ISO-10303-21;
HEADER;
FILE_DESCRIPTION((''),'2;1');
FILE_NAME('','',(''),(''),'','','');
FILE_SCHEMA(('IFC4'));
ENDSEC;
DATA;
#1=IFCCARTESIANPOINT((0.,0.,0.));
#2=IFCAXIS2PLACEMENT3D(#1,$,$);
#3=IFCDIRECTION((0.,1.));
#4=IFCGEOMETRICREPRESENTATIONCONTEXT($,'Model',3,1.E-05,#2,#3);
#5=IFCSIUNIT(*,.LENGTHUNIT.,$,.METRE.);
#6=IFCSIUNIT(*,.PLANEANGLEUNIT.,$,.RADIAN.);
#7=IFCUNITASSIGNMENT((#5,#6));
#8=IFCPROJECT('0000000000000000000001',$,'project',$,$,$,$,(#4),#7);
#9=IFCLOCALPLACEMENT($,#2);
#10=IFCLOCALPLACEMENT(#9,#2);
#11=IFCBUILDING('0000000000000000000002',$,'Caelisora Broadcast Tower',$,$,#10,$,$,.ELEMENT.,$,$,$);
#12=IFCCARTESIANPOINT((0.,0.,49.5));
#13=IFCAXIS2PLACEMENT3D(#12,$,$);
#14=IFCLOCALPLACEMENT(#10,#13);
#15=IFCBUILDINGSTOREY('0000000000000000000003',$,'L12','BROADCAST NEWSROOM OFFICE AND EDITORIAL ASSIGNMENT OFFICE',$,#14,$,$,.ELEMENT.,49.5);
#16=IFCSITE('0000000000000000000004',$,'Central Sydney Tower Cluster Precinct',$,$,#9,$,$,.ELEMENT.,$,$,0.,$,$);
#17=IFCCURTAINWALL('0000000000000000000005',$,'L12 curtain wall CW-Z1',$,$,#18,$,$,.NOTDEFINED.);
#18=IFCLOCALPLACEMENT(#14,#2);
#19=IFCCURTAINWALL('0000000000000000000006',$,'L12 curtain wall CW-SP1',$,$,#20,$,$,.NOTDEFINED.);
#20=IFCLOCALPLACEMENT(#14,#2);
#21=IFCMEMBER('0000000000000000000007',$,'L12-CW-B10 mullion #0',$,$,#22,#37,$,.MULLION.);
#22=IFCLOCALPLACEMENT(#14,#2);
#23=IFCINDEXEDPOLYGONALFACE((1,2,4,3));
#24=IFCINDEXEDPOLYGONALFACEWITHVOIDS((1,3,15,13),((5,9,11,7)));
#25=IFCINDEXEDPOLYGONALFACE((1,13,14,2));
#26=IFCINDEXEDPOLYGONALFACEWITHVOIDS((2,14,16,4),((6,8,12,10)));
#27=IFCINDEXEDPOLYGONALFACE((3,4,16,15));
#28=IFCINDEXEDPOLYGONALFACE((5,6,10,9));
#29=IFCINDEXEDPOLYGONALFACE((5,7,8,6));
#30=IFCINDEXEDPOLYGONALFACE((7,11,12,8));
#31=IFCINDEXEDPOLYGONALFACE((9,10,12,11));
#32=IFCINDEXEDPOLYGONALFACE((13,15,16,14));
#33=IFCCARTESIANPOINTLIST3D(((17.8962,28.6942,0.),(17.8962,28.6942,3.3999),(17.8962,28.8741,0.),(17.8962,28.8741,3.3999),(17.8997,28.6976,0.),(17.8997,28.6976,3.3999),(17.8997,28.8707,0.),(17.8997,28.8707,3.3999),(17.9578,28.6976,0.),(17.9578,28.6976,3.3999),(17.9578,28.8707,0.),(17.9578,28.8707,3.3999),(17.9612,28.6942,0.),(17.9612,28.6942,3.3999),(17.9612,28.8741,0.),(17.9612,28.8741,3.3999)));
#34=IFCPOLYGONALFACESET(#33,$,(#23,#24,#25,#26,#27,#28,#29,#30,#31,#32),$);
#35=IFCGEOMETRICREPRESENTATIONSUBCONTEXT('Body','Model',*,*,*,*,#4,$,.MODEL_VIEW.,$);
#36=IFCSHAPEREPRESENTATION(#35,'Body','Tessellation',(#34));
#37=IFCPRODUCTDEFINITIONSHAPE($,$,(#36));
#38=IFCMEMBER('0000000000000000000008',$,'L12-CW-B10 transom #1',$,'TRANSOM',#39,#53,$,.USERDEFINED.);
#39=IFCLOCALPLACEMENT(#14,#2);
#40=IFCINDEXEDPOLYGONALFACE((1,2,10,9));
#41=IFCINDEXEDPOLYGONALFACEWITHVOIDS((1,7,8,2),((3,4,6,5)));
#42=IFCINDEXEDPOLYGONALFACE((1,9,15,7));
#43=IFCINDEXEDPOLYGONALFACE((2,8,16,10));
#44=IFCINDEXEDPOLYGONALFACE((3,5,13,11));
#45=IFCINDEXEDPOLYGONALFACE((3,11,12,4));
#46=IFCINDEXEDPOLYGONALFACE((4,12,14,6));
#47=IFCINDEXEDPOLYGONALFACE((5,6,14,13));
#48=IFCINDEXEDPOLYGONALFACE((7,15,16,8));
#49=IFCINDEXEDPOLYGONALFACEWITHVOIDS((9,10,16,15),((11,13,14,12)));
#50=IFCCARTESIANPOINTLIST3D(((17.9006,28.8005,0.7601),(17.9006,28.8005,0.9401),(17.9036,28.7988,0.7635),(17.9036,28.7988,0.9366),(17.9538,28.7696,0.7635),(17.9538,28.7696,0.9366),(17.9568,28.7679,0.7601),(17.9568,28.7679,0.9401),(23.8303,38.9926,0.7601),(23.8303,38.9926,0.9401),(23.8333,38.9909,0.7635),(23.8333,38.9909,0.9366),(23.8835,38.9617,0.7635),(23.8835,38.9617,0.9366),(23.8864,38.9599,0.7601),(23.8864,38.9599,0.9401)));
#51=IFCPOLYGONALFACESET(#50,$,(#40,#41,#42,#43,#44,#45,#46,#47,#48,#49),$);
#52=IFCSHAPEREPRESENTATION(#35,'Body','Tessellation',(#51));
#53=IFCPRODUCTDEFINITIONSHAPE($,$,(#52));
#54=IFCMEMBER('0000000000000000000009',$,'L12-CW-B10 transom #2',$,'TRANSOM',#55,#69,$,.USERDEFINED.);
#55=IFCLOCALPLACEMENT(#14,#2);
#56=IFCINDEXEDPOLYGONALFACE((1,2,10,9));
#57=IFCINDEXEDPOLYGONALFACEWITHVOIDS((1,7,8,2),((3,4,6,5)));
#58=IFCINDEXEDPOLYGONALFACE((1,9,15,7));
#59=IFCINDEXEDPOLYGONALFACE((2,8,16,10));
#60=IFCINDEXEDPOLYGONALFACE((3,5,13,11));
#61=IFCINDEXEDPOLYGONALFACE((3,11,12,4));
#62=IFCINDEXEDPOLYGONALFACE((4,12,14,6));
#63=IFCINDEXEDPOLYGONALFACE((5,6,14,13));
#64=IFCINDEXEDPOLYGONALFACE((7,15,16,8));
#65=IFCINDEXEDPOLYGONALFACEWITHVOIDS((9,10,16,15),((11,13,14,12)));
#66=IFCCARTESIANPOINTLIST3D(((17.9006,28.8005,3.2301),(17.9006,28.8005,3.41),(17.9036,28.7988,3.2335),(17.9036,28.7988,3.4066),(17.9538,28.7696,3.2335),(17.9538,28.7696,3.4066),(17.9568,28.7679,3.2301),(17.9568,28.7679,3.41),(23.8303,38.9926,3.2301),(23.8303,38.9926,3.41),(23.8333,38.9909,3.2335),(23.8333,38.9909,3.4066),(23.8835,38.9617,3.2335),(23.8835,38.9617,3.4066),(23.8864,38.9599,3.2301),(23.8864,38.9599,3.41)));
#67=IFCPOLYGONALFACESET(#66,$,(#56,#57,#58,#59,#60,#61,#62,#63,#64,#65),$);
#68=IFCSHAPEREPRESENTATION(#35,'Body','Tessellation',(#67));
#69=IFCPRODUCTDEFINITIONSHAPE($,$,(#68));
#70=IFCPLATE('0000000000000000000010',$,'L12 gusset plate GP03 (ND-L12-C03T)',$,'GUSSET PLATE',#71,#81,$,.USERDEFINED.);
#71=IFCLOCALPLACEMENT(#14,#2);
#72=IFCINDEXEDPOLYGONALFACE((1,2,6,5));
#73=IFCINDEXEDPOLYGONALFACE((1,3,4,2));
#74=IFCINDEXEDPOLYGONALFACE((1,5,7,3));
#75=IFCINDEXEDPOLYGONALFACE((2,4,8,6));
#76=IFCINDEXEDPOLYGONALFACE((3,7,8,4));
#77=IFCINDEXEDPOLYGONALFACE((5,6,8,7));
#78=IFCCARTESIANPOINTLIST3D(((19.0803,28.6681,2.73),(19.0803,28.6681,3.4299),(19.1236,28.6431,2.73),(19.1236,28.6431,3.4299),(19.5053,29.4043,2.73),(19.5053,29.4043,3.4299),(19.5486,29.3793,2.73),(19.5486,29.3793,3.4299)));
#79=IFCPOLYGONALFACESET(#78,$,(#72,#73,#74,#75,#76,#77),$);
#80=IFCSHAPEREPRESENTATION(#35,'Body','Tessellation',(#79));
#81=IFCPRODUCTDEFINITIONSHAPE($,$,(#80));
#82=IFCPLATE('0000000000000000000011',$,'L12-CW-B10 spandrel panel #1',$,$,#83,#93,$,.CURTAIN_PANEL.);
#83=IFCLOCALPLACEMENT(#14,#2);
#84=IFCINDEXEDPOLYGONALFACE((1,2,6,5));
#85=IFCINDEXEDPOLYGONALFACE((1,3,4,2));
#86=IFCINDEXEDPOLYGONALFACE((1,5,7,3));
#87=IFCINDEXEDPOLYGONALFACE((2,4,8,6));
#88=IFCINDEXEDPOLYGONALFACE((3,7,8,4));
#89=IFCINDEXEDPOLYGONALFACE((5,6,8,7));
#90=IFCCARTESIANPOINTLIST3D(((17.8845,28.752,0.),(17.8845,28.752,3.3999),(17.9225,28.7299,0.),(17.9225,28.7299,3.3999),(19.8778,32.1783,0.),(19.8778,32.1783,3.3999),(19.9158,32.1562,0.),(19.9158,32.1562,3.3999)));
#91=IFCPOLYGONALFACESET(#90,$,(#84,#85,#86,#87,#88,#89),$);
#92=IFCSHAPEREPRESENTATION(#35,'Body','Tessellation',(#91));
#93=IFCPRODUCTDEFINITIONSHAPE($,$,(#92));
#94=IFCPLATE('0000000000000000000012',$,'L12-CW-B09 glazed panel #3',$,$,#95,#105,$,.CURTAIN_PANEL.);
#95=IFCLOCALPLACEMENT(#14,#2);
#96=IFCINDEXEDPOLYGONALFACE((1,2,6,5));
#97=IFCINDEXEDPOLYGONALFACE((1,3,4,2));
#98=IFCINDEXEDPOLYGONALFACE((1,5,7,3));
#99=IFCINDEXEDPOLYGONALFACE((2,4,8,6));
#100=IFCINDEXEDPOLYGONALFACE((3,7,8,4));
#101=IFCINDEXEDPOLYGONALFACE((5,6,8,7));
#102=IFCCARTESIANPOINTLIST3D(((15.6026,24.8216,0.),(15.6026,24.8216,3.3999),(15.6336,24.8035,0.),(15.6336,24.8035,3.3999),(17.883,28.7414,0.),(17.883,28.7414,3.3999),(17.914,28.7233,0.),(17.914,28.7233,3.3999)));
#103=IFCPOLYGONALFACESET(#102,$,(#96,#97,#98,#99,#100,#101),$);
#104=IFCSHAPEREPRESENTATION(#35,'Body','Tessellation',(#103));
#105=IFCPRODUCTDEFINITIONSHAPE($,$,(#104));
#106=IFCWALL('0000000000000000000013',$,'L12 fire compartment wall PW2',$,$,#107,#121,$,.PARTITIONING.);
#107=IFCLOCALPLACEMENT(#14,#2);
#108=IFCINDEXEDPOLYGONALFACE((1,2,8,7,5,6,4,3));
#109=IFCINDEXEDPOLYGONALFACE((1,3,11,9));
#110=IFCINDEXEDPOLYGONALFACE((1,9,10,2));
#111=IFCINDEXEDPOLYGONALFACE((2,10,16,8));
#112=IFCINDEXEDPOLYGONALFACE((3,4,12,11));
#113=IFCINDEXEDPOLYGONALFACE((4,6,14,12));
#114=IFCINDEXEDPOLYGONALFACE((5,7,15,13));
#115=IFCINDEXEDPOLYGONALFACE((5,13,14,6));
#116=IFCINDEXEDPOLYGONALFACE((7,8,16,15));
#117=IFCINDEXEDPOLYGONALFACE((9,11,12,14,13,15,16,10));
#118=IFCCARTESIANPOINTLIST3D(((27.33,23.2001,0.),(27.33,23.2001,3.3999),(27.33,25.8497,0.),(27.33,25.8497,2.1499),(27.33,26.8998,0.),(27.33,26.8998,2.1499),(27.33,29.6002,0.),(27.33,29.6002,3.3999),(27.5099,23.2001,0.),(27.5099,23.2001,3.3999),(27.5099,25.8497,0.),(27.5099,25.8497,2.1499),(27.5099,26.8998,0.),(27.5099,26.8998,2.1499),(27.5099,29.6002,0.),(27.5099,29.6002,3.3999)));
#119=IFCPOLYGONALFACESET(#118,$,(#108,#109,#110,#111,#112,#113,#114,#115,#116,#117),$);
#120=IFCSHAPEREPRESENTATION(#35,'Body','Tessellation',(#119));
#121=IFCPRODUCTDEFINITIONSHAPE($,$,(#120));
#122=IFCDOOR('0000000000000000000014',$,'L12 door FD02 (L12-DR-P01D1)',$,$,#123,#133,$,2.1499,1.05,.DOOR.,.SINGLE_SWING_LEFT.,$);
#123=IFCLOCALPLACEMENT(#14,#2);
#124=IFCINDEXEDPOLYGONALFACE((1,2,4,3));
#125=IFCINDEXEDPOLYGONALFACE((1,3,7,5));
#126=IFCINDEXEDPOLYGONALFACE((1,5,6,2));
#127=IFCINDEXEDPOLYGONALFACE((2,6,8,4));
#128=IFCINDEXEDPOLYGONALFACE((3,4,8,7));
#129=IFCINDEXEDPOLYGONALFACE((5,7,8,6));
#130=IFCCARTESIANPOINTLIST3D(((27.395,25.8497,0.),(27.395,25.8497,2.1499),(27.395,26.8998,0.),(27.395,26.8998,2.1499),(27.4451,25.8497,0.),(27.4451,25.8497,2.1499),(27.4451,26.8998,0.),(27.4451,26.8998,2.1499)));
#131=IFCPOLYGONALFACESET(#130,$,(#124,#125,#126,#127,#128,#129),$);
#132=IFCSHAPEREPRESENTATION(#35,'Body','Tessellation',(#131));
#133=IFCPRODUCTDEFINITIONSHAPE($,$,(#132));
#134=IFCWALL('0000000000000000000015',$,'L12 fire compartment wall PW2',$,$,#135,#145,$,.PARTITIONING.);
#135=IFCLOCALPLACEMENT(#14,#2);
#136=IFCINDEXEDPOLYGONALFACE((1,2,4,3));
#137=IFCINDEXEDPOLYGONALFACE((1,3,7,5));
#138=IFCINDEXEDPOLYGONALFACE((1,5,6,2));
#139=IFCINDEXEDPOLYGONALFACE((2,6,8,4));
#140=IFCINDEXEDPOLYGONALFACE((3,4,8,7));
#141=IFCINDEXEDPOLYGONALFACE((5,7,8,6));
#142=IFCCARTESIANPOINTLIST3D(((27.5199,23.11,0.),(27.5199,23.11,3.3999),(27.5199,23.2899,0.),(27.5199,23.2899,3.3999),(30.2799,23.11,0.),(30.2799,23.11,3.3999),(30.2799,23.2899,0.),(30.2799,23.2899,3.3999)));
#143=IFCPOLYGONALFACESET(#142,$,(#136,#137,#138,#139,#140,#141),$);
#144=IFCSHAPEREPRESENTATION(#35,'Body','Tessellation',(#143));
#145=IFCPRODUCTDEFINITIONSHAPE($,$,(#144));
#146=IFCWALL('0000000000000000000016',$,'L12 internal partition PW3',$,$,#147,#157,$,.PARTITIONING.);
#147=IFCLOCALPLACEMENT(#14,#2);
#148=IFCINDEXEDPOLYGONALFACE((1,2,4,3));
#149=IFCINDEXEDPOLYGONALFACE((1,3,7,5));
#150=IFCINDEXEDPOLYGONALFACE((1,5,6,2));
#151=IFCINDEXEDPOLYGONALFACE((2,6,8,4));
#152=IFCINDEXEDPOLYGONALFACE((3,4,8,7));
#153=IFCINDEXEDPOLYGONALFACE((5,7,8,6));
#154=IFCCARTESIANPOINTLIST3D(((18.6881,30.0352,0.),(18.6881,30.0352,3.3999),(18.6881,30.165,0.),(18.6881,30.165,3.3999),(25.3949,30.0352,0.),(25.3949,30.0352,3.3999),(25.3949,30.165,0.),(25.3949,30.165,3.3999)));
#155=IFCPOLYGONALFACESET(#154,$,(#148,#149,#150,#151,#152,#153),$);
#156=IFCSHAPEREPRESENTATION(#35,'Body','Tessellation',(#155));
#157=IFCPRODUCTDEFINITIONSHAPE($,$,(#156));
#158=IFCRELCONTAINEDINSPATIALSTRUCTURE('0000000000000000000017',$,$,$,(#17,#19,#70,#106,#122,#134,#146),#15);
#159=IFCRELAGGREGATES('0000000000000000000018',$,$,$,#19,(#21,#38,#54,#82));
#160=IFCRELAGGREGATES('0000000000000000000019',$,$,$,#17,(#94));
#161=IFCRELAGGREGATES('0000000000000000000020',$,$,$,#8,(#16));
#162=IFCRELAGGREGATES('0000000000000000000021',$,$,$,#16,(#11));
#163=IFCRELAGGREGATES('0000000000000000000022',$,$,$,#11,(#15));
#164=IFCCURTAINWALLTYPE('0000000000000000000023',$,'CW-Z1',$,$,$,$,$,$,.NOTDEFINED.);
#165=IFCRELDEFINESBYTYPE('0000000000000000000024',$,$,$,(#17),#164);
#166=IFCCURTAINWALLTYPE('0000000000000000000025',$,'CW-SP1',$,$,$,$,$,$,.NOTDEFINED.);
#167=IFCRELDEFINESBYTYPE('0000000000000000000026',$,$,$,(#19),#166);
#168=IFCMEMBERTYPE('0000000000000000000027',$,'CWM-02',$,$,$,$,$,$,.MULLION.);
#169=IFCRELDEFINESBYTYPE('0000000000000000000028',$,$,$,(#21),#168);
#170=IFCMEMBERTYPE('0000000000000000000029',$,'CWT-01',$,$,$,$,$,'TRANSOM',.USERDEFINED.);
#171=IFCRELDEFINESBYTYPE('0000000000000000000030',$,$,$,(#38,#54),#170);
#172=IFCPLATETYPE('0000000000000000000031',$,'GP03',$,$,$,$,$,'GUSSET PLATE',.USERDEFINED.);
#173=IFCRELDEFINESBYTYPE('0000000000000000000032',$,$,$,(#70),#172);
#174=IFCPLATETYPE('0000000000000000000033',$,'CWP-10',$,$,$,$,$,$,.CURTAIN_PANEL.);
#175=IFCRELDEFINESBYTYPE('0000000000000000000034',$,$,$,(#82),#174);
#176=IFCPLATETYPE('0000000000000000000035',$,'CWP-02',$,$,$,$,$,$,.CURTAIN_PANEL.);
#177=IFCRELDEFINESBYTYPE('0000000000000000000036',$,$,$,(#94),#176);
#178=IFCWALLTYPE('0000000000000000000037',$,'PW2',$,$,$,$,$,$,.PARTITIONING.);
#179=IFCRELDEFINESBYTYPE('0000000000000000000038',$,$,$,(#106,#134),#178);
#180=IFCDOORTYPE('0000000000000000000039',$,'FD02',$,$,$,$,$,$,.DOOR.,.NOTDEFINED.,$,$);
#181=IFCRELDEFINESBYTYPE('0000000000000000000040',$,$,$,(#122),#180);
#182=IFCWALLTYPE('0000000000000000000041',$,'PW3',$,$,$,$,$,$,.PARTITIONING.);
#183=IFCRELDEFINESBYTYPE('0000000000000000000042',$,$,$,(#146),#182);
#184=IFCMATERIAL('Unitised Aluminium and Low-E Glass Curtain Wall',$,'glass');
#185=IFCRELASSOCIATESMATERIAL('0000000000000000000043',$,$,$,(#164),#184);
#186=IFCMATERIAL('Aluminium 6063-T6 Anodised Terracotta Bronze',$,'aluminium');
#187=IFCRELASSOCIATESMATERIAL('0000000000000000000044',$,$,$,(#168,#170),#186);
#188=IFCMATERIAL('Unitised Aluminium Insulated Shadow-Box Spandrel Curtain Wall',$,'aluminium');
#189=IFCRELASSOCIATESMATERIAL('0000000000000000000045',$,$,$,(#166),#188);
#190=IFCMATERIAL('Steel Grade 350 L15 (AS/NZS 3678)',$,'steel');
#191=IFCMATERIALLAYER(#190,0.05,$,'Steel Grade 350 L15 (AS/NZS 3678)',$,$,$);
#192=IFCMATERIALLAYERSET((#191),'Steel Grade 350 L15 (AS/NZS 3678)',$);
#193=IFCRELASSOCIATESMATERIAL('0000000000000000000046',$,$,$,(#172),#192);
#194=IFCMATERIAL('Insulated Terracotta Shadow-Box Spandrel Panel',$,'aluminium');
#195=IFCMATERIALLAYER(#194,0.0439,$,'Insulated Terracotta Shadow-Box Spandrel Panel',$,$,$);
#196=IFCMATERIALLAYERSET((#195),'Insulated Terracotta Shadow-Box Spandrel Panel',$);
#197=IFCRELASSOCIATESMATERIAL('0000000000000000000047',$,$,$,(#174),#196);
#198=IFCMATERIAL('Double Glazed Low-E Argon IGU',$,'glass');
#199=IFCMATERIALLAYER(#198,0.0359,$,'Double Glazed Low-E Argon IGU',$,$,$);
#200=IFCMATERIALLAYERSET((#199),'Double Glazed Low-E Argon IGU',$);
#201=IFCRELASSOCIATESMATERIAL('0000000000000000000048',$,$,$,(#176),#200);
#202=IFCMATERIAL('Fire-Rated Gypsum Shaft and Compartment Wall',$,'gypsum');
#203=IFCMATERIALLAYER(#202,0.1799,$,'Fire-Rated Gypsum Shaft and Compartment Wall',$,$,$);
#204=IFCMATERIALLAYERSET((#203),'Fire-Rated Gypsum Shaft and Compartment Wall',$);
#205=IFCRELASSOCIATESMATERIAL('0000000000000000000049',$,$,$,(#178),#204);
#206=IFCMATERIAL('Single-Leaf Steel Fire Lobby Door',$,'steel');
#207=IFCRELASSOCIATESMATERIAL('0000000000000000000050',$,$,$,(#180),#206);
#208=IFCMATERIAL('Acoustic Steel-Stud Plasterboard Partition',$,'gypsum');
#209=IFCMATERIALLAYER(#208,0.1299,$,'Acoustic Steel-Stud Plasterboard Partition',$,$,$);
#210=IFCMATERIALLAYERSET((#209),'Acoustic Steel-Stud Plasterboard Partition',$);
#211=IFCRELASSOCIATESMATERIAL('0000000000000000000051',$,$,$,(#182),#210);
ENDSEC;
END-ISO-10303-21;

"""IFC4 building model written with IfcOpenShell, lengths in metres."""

from ifc_helpers import new_model, si_unit, direction, frame, frame_2d, origin, origin_2d, place, context, subcontext, project, spatial, rectangle, hollow_rectangle, extrude, source, transform, mapped, material, layer, layer_set, material_profile, profile_set, type_object, type_shapes, element, fill, aggregate, save


model = new_model("IFC4")

# Units and contexts
model_context = context("Model", 3, precision=1e-05, world=origin(), true_north=direction((0.0, 1.0)))
body_context = subcontext(model_context, "Body", "Model", "MODEL_VIEW")
ifc_project = project(units=[si_unit("LENGTHUNIT", "METRE"), si_unit("PLANEANGLEUNIT", "RADIAN")], contexts=[model_context])

# Site, building, storey
site_placement = place(None, origin())
site = spatial("IfcSite", under=ifc_project, at=site_placement, Name="Central Sydney Tower Cluster Precinct", CompositionType="ELEMENT", RefElevation=0.0)
building_placement = place(site_placement, origin())
building = spatial("IfcBuilding", under=site, at=building_placement, Name="Caelisora Broadcast Tower", CompositionType="ELEMENT")
storey_placement = place(building_placement, frame((0.0, 0.0, 49.5)))
storey = spatial("IfcBuildingStorey", under=building, at=storey_placement, Name="L12", Description="BROADCAST NEWSROOM OFFICE AND EDITORIAL ASSIGNMENT OFFICE", CompositionType="ELEMENT", Elevation=49.5)

# Shared definitions
ifc_material_1 = material(Name="Steel Grade 350 L15 (AS/NZS 3678)", Category="steel")

# Curtain walls, members
ifc_material_2 = material(Name="Unitised Aluminium and Low-E Glass Curtain Wall", Category="glass")
curtain_wall_type_1 = type_object("IfcCurtainWallType", Name="CW-Z1", PredefinedType="NOTDEFINED", material=ifc_material_2)
curtain_wall_1_placement = place(storey_placement, origin())
curtain_wall_1 = element("IfcCurtainWall", 1, at=curtain_wall_1_placement, inside=storey, type_object=curtain_wall_type_1, Name="L12 curtain wall CW-Z1", PredefinedType="NOTDEFINED")
ifc_material_3 = material(Name="Aluminium 6063-T6 Anodised Terracotta Bronze", Category="aluminium")
ifc_material_profile_1 = material_profile(ifc_material_3, hollow_rectangle(XDim=0.0649, YDim=0.1799, WallThickness=0.0034, at=origin_2d()), Name="Aluminium 6063-T6 Anodised Terracotta Bronze")
ifc_profile_set_1 = profile_set([ifc_material_profile_1], Name="Aluminium 6063-T6 Anodised Terracotta Bronze")
member_type_1 = type_object("IfcMemberType", Name="CWM-02", PredefinedType="MULLION", material=ifc_profile_set_1)
shared_shape_1 = source(origin(), body_context, "Body", "SweptSolid", [
    extrude(hollow_rectangle(XDim=0.0649, YDim=0.1799, WallThickness=0.0034, at=origin_2d()), origin(), (0.0, 0.0, 1.0), 3.3999),
])
type_shapes(member_type_1, [shared_shape_1])
ifc_material_4 = material(Name="Unitised Aluminium Insulated Shadow-Box Spandrel Curtain Wall", Category="aluminium")
curtain_wall_type_2 = type_object("IfcCurtainWallType", Name="CW-SP1", PredefinedType="NOTDEFINED", material=ifc_material_4)
curtain_wall_2_placement = place(storey_placement, origin())
curtain_wall_2 = element("IfcCurtainWall", 2, at=curtain_wall_2_placement, inside=storey, type_object=curtain_wall_type_2, Name="L12 curtain wall CW-SP1", PredefinedType="NOTDEFINED")
member_1_placement = place(storey_placement, frame((17.9287, 28.7842, 0.0), z_axis=(0.0, 0.0, 1.0), x_axis=(1.0, 0.0, 0.0)))
member_1 = element("IfcMember", 3, at=member_1_placement, type_object=member_type_1, Name="L12-CW-B10 mullion #0", PredefinedType="MULLION", context=body_context, shape_type="MappedRepresentation", body=[
    mapped(shared_shape_1, transform((0.0, 0.0, 0.0), scale=1.0)),
])
ifc_material_profile_2 = material_profile(ifc_material_3, hollow_rectangle(XDim=0.0649, YDim=0.1799, WallThickness=0.0034, at=origin_2d()), Name="Aluminium 6063-T6 Anodised Terracotta Bronze")
ifc_profile_set_2 = profile_set([ifc_material_profile_2], Name="Aluminium 6063-T6 Anodised Terracotta Bronze")
member_type_2 = type_object("IfcMemberType", Name="CWT-01", ElementType="TRANSOM", PredefinedType="USERDEFINED", material=ifc_profile_set_2)
shared_shape_2 = source(origin(), body_context, "Body", "SweptSolid", [
    extrude(hollow_rectangle(XDim=0.0649, YDim=0.1799, WallThickness=0.0034, at=origin_2d()), origin(), (0.0, 0.0, 1.0), 11.7915),
])
type_shapes(member_type_2, [shared_shape_2])
member_2_placement = place(storey_placement, frame((17.9287, 28.7842, 0.8501), z_axis=(0.502876, 0.864359, 0.0), x_axis=(-0.864359, 0.502876, 0.0)))
member_2 = element("IfcMember", 4, at=member_2_placement, type_object=member_type_2, Name="L12-CW-B10 transom #1", ObjectType="TRANSOM", PredefinedType="USERDEFINED", context=body_context, shape_type="MappedRepresentation", body=[
    mapped(shared_shape_2, transform((0.0, 0.0, 0.0), scale=1.0)),
])
member_3_placement = place(storey_placement, frame((17.9287, 28.7842, 3.3201), z_axis=(0.502876, 0.864359, 0.0), x_axis=(-0.864359, 0.502876, 0.0)))
member_3 = element("IfcMember", 5, at=member_3_placement, type_object=member_type_2, Name="L12-CW-B10 transom #2", ObjectType="TRANSOM", PredefinedType="USERDEFINED", context=body_context, shape_type="MappedRepresentation", body=[
    mapped(shared_shape_2, transform((0.0, 0.0, 0.0), scale=1.0)),
])

# Plates
ifc_layer_1 = layer(ifc_material_1, 0.05, Name="Steel Grade 350 L15 (AS/NZS 3678)")
ifc_layer_set_1 = layer_set([ifc_layer_1], Name="Steel Grade 350 L15 (AS/NZS 3678)")
plate_type_1 = type_object("IfcPlateType", Name="GP03", ElementType="GUSSET PLATE", PredefinedType="USERDEFINED", material=ifc_layer_set_1)
shared_shape_3 = source(origin(), body_context, "Body", "SweptSolid", [
    extrude(rectangle(XDim=0.8501, YDim=0.05, at=origin_2d()), origin(), (0.0, 0.0, 1.0), 0.7),
])
type_shapes(plate_type_1, [shared_shape_3])
plate_1_placement = place(storey_placement, frame((19.3145, 29.0237, 2.73), z_axis=(0.0, 0.0, 1.0), x_axis=(-0.5, -0.866025, 0.0)))
element("IfcPlate", 6, at=plate_1_placement, inside=storey, type_object=plate_type_1, Name="L12 gusset plate GP03 (ND-L12-C03T)", ObjectType="GUSSET PLATE", PredefinedType="USERDEFINED", context=body_context, shape_type="MappedRepresentation", body=[
    mapped(shared_shape_3, transform((0.0, 0.0, 0.0), scale=1.0)),
])
ifc_material_5 = material(Name="Insulated Terracotta Shadow-Box Spandrel Panel", Category="aluminium")
ifc_layer_2 = layer(ifc_material_5, 0.0439, Name="Insulated Terracotta Shadow-Box Spandrel Panel")
ifc_layer_set_2 = layer_set([ifc_layer_2], Name="Insulated Terracotta Shadow-Box Spandrel Panel")
plate_type_2 = type_object("IfcPlateType", Name="CWP-10", PredefinedType="CURTAIN_PANEL", material=ifc_layer_set_2)
shared_shape_4 = source(origin(), body_context, "Body", "SweptSolid", [
    extrude(rectangle(XDim=3.9639, YDim=0.0439, at=origin_2d()), origin(), (0.0, 0.0, 1.0), 3.3999),
])
type_shapes(plate_type_2, [shared_shape_4])
plate_2_placement = place(storey_placement, frame((18.9001, 30.4541, 0.0), z_axis=(0.0, 0.0, 1.0), x_axis=(0.502869, 0.864363, 0.0)))
plate_2 = element("IfcPlate", 7, at=plate_2_placement, type_object=plate_type_2, Name="L12-CW-B10 spandrel panel #1", PredefinedType="CURTAIN_PANEL", context=body_context, shape_type="MappedRepresentation", body=[
    mapped(shared_shape_4, transform((0.0, 0.0, 0.0), scale=1.0)),
])
aggregate(curtain_wall_2, [member_1, member_2, member_3, plate_2])
ifc_material_6 = material(Name="Double Glazed Low-E Argon IGU", Category="glass")
ifc_layer_3 = layer(ifc_material_6, 0.0359, Name="Double Glazed Low-E Argon IGU")
ifc_layer_set_3 = layer_set([ifc_layer_3], Name="Double Glazed Low-E Argon IGU")
plate_type_3 = type_object("IfcPlateType", Name="CWP-02", PredefinedType="CURTAIN_PANEL", material=ifc_layer_set_3)
shared_shape_5 = source(origin(), body_context, "Body", "SweptSolid", [
    extrude(rectangle(XDim=4.5349, YDim=0.0359, at=origin_2d()), origin(), (0.0, 0.0, 1.0), 3.3999),
])
type_shapes(plate_type_3, [shared_shape_5])
plate_3_placement = place(storey_placement, frame((16.7583, 26.7725, 0.0), z_axis=(0.0, 0.0, 1.0), x_axis=(0.502869, 0.864363, 0.0)))
plate_3 = element("IfcPlate", 8, at=plate_3_placement, type_object=plate_type_3, Name="L12-CW-B09 glazed panel #3", PredefinedType="CURTAIN_PANEL", context=body_context, shape_type="MappedRepresentation", body=[
    mapped(shared_shape_5, transform((0.0, 0.0, 0.0), scale=1.0)),
])
aggregate(curtain_wall_1, [plate_3])

# Wall, opening, door
ifc_material_7 = material(Name="Fire-Rated Gypsum Shaft and Compartment Wall", Category="gypsum")
ifc_layer_4 = layer(ifc_material_7, 0.1799, Name="Fire-Rated Gypsum Shaft and Compartment Wall")
ifc_layer_set_4 = layer_set([ifc_layer_4], Name="Fire-Rated Gypsum Shaft and Compartment Wall")
wall_type_1 = type_object("IfcWallType", Name="PW2", PredefinedType="PARTITIONING", material=ifc_layer_set_4)
wall_1_placement = place(storey_placement, frame((27.4199, 23.2, 0.0), z_axis=(0.0, 0.0, 1.0), x_axis=(0.0, 1.0, 0.0)))
wall_1 = element("IfcWall", 9, at=wall_1_placement, inside=storey, type_object=wall_type_1, Name="L12 fire compartment wall PW2", PredefinedType="PARTITIONING", context=body_context, shape_type="SweptSolid", body=[
    extrude(rectangle(XDim=6.4001, YDim=0.1799, at=frame_2d((3.2002, 0.0))), origin(), (0.0, 0.0, 1.0), 3.3999),
])
opening_1_placement = place(wall_1_placement, frame((2.6499, 0.0, 0.0)))
opening_1 = element("IfcOpeningElement", 10, at=opening_1_placement, cuts=wall_1, PredefinedType="OPENING", context=body_context, shape_type="SweptSolid", body=[
    extrude(rectangle(XDim=1.05, YDim=2.1499, at=frame_2d((0.5249, 1.075))), frame((0.0, 0.1021, 0.0), z_axis=(0.0, -1.0, 0.0), x_axis=(1.0, 0.0, 0.0)), (0.0, 0.0, 1.0), 0.2039),
])
ifc_material_8 = material(Name="Single-Leaf Steel Fire Lobby Door", Category="steel")
door_type_1 = type_object("IfcDoorType", Name="FD02", OperationType="NOTDEFINED", PredefinedType="DOOR", material=ifc_material_8)
door_1_placement = place(opening_1_placement, origin())
door_1 = element("IfcDoor", 11, at=door_1_placement, inside=storey, type_object=door_type_1, Name="L12 door FD02 (L12-DR-P01D1)", OperationType="SINGLE_SWING_LEFT", OverallHeight=2.1499, OverallWidth=1.05, PredefinedType="DOOR", context=body_context, shape_type="SweptSolid", body=[
    extrude(rectangle(XDim=1.05, YDim=2.1499, at=frame_2d((0.5249, 1.075))), frame((0.0, 0.0249, 0.0), z_axis=(0.0, -1.0, 0.0), x_axis=(1.0, 0.0, 0.0)), (0.0, 0.0, 1.0), 0.05),
])
fill(opening_1, door_1)

# Walls
wall_2_placement = place(storey_placement, frame((27.52, 23.2, 0.0), z_axis=(0.0, 0.0, 1.0), x_axis=(1.0, 0.0, 0.0)))
element("IfcWall", 12, at=wall_2_placement, inside=storey, type_object=wall_type_1, Name="L12 fire compartment wall PW2", PredefinedType="PARTITIONING", context=body_context, shape_type="SweptSolid", body=[
    extrude(rectangle(XDim=2.76, YDim=0.1799, at=frame_2d((1.3799, 0.0))), origin(), (0.0, 0.0, 1.0), 3.3999),
])
ifc_material_9 = material(Name="Acoustic Steel-Stud Plasterboard Partition", Category="gypsum")
ifc_layer_5 = layer(ifc_material_9, 0.1299, Name="Acoustic Steel-Stud Plasterboard Partition")
ifc_layer_set_5 = layer_set([ifc_layer_5], Name="Acoustic Steel-Stud Plasterboard Partition")
wall_type_2 = type_object("IfcWallType", Name="PW3", PredefinedType="PARTITIONING", material=ifc_layer_set_5)
wall_3_placement = place(storey_placement, frame((25.395, 30.1001, 0.0), z_axis=(0.0, 0.0, 1.0), x_axis=(-1.0, 0.0, 0.0)))
element("IfcWall", 13, at=wall_3_placement, inside=storey, type_object=wall_type_2, Name="L12 internal partition PW3", PredefinedType="PARTITIONING", context=body_context, shape_type="SweptSolid", body=[
    extrude(rectangle(XDim=6.7068, YDim=0.1299, at=frame_2d((3.3535, 0.0))), origin(), (0.0, 0.0, 1.0), 3.3999),
])

save(model, "model.ifc")
